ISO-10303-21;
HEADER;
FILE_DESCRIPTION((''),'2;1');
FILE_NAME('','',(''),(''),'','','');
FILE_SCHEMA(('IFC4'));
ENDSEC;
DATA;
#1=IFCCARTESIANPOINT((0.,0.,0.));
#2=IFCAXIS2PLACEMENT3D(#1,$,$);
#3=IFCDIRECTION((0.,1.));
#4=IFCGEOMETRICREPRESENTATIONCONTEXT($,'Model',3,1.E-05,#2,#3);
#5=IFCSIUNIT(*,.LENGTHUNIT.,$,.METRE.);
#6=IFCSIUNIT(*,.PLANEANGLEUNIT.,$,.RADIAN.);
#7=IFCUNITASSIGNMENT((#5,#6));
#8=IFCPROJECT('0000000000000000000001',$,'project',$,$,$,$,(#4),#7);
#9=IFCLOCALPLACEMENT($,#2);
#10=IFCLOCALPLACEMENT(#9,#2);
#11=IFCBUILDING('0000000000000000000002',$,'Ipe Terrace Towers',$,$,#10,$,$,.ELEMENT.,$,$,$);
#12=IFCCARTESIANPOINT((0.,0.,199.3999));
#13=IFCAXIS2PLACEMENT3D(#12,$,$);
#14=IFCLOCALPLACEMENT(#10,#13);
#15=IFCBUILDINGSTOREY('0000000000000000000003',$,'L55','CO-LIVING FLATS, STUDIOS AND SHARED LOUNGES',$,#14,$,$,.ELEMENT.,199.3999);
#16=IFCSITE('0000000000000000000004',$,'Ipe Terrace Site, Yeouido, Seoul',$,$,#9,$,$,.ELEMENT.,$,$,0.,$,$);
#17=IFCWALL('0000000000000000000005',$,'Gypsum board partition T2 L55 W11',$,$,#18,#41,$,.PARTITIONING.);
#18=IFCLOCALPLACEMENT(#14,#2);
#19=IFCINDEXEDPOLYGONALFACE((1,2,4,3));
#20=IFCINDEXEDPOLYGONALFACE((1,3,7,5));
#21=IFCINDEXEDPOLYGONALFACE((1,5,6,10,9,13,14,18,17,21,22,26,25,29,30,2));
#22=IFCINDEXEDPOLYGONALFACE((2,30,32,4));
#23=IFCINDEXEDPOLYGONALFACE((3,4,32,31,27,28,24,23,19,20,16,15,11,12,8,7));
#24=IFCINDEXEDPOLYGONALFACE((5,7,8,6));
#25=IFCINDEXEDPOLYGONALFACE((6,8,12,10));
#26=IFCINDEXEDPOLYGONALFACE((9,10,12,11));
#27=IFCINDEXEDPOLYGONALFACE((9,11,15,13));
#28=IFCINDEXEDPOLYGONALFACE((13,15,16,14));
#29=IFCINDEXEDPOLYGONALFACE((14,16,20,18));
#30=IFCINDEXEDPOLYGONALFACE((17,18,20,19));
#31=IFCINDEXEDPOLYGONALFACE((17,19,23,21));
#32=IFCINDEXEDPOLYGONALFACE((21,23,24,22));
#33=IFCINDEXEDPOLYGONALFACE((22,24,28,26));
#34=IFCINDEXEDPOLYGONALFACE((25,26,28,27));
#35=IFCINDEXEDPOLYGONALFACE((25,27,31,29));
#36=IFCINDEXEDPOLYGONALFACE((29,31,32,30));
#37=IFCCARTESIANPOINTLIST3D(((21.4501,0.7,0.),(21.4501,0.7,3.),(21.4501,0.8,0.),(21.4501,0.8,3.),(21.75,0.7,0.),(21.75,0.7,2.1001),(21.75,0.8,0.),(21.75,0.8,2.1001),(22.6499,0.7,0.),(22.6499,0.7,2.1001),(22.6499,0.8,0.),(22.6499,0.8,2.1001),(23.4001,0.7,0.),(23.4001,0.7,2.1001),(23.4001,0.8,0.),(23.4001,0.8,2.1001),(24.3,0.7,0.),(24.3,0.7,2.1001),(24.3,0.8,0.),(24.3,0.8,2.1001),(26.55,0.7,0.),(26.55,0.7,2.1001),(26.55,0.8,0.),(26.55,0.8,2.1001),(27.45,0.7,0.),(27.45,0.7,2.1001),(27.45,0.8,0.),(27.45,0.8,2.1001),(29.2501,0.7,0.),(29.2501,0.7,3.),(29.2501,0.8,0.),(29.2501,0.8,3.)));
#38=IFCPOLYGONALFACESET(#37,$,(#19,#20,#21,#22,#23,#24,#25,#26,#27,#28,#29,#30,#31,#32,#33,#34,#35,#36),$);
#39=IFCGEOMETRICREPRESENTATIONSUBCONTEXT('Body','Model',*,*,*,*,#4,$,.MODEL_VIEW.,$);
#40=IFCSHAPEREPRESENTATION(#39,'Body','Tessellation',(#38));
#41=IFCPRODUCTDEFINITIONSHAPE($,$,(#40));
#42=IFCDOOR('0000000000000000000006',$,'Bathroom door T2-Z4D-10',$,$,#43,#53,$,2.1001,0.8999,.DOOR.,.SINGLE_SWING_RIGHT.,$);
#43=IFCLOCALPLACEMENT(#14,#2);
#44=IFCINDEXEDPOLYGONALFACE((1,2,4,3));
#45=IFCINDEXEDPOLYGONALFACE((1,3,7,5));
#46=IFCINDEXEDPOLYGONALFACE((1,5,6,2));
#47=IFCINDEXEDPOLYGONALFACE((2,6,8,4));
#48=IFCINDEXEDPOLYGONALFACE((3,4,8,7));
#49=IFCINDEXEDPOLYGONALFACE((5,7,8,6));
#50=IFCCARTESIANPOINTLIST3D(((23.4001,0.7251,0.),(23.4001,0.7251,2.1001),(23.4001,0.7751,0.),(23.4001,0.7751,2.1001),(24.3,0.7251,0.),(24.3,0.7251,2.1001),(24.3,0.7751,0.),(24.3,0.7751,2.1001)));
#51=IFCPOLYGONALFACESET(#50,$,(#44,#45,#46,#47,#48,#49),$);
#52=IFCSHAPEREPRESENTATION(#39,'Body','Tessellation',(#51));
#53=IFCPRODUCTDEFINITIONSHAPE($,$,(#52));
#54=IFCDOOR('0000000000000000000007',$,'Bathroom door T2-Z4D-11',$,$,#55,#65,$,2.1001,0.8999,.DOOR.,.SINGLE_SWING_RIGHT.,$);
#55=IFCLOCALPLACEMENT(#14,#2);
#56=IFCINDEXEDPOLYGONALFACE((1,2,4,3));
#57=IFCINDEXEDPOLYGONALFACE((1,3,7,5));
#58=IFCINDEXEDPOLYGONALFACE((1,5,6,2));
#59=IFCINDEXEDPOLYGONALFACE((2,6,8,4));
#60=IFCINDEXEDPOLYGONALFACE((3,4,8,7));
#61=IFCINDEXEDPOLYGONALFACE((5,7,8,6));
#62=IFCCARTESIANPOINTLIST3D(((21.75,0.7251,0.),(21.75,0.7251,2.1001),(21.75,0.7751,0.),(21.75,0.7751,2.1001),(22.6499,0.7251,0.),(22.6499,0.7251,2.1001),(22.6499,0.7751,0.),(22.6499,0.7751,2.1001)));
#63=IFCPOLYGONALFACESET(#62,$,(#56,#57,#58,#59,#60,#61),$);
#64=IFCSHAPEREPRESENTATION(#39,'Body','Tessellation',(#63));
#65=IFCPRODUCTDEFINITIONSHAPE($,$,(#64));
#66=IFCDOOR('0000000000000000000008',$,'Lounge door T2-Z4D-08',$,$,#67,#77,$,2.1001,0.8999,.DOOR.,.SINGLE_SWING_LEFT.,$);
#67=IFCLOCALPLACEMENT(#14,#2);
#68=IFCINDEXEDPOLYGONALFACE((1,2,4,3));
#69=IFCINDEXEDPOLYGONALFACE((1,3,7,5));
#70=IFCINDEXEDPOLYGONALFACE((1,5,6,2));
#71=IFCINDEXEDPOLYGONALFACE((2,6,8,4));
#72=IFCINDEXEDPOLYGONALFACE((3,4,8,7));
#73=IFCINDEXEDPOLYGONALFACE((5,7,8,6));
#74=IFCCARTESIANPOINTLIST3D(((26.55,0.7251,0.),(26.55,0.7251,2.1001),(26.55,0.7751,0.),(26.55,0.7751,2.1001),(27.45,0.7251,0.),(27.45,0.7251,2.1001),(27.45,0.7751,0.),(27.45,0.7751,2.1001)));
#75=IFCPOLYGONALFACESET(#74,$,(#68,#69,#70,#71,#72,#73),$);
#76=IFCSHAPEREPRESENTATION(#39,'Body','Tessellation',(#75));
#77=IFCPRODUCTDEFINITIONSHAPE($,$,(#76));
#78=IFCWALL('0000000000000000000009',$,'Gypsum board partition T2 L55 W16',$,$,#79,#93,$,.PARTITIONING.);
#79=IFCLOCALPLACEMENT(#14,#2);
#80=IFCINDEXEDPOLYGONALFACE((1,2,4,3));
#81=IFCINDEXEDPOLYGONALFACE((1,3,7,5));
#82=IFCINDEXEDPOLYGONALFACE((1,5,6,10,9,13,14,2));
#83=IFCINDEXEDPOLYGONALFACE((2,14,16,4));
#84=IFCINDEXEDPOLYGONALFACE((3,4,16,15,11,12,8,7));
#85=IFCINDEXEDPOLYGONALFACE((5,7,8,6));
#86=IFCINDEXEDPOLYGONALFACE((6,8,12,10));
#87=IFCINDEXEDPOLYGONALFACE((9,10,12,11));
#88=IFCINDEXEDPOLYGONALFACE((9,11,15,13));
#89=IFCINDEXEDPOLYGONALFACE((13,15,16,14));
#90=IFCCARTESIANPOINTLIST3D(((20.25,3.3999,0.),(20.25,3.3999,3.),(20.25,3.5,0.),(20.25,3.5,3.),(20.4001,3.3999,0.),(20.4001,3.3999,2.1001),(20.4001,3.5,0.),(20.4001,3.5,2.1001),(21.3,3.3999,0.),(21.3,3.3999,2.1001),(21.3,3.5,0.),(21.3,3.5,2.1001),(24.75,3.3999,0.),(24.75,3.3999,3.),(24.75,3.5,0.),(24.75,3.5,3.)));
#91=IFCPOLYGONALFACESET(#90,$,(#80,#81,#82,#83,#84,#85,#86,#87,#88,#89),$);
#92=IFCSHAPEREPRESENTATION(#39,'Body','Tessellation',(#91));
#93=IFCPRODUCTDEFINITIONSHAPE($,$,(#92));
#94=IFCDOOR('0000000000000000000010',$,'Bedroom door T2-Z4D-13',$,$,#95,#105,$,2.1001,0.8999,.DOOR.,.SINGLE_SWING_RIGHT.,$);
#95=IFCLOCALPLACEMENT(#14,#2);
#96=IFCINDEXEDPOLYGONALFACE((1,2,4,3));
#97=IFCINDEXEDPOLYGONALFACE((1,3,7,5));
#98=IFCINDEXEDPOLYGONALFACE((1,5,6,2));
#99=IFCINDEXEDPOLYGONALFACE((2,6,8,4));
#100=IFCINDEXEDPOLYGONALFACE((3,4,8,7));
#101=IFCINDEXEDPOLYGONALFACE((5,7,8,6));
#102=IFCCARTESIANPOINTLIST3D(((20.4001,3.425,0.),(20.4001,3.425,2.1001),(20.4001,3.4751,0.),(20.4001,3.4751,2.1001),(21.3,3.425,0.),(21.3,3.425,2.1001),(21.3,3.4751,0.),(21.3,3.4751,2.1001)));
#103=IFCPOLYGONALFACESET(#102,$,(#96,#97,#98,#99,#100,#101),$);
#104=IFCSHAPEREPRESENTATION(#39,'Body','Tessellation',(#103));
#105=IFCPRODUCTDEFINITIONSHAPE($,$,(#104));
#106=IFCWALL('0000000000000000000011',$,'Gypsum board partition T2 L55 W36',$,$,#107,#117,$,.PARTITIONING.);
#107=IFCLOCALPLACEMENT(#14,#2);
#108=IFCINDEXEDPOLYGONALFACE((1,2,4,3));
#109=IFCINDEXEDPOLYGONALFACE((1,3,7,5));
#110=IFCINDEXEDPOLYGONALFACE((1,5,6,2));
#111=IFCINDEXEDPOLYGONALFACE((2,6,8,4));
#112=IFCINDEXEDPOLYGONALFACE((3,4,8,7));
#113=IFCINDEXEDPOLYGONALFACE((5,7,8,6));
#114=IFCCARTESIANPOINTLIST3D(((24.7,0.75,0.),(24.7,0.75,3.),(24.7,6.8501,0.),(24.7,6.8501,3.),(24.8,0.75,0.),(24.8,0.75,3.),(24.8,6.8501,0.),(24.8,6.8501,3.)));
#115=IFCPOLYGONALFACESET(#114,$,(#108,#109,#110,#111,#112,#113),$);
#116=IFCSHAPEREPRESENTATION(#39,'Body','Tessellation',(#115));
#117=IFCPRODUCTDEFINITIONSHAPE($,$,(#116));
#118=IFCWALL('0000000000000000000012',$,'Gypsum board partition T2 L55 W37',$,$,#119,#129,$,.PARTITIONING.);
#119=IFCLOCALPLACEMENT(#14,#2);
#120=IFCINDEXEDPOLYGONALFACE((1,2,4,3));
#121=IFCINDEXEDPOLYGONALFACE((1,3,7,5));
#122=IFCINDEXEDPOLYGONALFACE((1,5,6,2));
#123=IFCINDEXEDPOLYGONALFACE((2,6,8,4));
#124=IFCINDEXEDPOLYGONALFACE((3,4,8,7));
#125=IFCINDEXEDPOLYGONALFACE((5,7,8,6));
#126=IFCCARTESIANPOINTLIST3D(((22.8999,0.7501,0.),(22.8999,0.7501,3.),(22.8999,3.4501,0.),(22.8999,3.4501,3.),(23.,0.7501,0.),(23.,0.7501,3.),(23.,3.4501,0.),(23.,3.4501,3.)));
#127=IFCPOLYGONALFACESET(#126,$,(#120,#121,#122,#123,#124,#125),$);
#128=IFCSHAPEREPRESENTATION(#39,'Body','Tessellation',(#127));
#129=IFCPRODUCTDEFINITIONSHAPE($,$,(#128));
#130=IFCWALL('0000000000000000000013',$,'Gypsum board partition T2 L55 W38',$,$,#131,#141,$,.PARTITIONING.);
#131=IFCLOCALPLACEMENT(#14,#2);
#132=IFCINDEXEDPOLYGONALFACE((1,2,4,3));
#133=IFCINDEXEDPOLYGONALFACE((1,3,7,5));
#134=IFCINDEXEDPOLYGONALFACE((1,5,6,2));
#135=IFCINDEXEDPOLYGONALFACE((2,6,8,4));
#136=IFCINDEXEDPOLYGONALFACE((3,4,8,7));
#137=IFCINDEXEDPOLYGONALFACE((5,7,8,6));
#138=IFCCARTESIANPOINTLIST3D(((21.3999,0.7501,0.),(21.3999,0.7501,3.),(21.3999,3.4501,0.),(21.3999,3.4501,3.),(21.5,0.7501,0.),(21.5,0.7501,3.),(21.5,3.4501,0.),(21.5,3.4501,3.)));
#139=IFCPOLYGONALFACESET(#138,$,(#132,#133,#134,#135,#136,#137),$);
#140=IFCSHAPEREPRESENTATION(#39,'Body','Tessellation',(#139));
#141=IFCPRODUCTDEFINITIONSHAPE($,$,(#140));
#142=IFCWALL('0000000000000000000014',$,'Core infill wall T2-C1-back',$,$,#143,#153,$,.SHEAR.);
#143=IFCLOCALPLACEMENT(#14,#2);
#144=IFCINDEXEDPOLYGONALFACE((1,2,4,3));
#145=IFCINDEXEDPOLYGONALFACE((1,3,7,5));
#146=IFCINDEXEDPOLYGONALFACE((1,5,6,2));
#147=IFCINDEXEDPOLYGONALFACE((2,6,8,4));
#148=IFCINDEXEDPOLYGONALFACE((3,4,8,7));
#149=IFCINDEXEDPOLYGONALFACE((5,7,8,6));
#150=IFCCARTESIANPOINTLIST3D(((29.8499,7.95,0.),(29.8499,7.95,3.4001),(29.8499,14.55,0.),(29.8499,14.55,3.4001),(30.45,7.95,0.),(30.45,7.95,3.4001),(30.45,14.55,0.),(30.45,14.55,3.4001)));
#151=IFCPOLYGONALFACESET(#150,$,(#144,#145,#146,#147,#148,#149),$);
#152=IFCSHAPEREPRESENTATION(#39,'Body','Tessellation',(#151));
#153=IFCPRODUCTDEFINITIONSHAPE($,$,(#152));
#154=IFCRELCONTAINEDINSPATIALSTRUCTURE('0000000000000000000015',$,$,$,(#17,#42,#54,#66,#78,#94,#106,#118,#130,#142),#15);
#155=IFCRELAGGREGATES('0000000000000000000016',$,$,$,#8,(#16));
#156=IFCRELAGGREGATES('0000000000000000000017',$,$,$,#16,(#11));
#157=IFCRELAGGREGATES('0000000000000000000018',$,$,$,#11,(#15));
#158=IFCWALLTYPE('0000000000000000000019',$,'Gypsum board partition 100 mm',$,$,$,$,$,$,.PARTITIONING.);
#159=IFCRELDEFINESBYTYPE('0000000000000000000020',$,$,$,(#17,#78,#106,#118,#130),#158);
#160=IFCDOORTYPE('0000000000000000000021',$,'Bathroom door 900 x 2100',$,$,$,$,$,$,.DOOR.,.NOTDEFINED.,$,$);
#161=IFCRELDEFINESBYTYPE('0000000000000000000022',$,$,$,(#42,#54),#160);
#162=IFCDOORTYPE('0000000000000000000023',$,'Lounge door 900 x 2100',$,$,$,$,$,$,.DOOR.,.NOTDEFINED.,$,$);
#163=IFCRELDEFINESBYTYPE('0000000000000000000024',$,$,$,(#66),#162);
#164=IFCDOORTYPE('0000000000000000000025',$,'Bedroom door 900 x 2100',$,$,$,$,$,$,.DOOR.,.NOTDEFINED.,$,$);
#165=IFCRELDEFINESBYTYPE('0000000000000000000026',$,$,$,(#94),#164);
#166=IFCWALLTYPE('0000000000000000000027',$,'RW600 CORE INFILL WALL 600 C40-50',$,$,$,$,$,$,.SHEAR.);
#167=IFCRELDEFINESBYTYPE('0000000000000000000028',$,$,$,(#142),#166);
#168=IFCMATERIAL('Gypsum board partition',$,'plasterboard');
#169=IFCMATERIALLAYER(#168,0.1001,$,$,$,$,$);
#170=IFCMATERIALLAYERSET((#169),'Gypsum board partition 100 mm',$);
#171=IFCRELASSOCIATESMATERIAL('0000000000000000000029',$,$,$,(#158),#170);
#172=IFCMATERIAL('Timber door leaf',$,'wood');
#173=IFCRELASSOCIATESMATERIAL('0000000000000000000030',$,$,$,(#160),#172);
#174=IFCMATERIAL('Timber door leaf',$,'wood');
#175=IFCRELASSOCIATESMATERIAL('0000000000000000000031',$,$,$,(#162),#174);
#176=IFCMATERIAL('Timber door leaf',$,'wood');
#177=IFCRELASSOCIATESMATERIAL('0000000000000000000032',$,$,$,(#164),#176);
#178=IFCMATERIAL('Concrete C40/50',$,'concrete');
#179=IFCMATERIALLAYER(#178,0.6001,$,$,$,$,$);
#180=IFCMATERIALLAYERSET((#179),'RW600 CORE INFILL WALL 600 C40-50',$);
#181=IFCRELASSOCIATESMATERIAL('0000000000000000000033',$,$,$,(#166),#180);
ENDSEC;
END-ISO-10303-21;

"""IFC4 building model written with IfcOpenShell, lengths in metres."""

from ifc_helpers import new_model, si_unit, direction, frame, frame_2d, origin, place, context, subcontext, project, spatial, rectangle, extrude, material, layer, layer_set, type_object, element, fill, save


model = new_model("IFC4")

# Units and contexts
model_context = context("Model", 3, precision=1e-05, world=origin(), true_north=direction((0.0, 1.0)))
body_context = subcontext(model_context, "Body", "Model", "MODEL_VIEW")
ifc_project = project(units=[si_unit("LENGTHUNIT", "METRE"), si_unit("PLANEANGLEUNIT", "RADIAN")], contexts=[model_context])

# Site, building, storey
site_placement = place(None, origin())
site = spatial("IfcSite", under=ifc_project, at=site_placement, Name="Ipe Terrace Site, Yeouido, Seoul", CompositionType="ELEMENT", RefElevation=0.0)
building_placement = place(site_placement, origin())
building = spatial("IfcBuilding", under=site, at=building_placement, Name="Ipe Terrace Towers", CompositionType="ELEMENT")
storey_placement = place(building_placement, frame((0.0, 0.0, 199.3999)))
storey = spatial("IfcBuildingStorey", under=building, at=storey_placement, Name="L55", Description="CO-LIVING FLATS, STUDIOS AND SHARED LOUNGES", CompositionType="ELEMENT", Elevation=199.3999)

# Wall, openings, doors
ifc_material_1 = material(Name="Gypsum board partition", Category="plasterboard")
ifc_layer_1 = layer(ifc_material_1, 0.1001)
ifc_layer_set_1 = layer_set([ifc_layer_1], Name="Gypsum board partition 100 mm")
wall_type_1 = type_object("IfcWallType", Name="Gypsum board partition 100 mm", PredefinedType="PARTITIONING", material=ifc_layer_set_1)
wall_1_placement = place(storey_placement, frame((29.25, 0.75, 0.0), z_axis=(0.0, 0.0, 1.0), x_axis=(-1.0, 0.0, 0.0)))
wall_1 = element("IfcWall", 1, at=wall_1_placement, inside=storey, type_object=wall_type_1, Name="Gypsum board partition T2 L55 W11", PredefinedType="PARTITIONING", context=body_context, shape_type="SweptSolid", body=[
    extrude(rectangle(XDim=7.8, YDim=0.1001, at=frame_2d((3.8999, 0.0))), origin(), (0.0, 0.0, 1.0), 3.0),
])
opening_1_placement = place(wall_1_placement, frame((1.8, 0.0, 0.0)))
opening_1 = element("IfcOpeningElement", 2, at=opening_1_placement, cuts=wall_1, PredefinedType="OPENING", context=body_context, shape_type="SweptSolid", body=[
    extrude(rectangle(XDim=0.8999, YDim=2.1001, at=frame_2d((0.45, 1.05))), frame((0.0, 0.0601, 0.0), z_axis=(0.0, -1.0, 0.0), x_axis=(1.0, 0.0, 0.0)), (0.0, 0.0, 1.0), 0.1201),
])
opening_2_placement = place(wall_1_placement, frame((4.95, 0.0, 0.0)))
opening_2 = element("IfcOpeningElement", 3, at=opening_2_placement, cuts=wall_1, PredefinedType="OPENING", context=body_context, shape_type="SweptSolid", body=[
    extrude(rectangle(XDim=0.8999, YDim=2.1001, at=frame_2d((0.45, 1.05))), frame((0.0, 0.0601, 0.0), z_axis=(0.0, -1.0, 0.0), x_axis=(1.0, 0.0, 0.0)), (0.0, 0.0, 1.0), 0.1201),
])
opening_3_placement = place(wall_1_placement, frame((6.6001, 0.0, 0.0)))
opening_3 = element("IfcOpeningElement", 4, at=opening_3_placement, cuts=wall_1, PredefinedType="OPENING", context=body_context, shape_type="SweptSolid", body=[
    extrude(rectangle(XDim=0.8999, YDim=2.1001, at=frame_2d((0.45, 1.05))), frame((0.0, 0.0601, 0.0), z_axis=(0.0, -1.0, 0.0), x_axis=(1.0, 0.0, 0.0)), (0.0, 0.0, 1.0), 0.1201),
])
ifc_material_2 = material(Name="Timber door leaf", Category="wood")
door_type_1 = type_object("IfcDoorType", Name="Bathroom door 900 x 2100", OperationType="NOTDEFINED", PredefinedType="DOOR", material=ifc_material_2)
door_1_placement = place(opening_2_placement, origin())
door_1 = element("IfcDoor", 5, at=door_1_placement, inside=storey, type_object=door_type_1, Name="Bathroom door T2-Z4D-10", OperationType="SINGLE_SWING_RIGHT", OverallHeight=2.1001, OverallWidth=0.8999, PredefinedType="DOOR", context=body_context, shape_type="SweptSolid", body=[
    extrude(rectangle(XDim=0.8999, YDim=2.1001, at=frame_2d((0.45, 1.05))), frame((0.0, 0.0249, 0.0), z_axis=(0.0, -1.0, 0.0), x_axis=(1.0, 0.0, 0.0)), (0.0, 0.0, 1.0), 0.05),
])
fill(opening_2, door_1)
door_2_placement = place(opening_3_placement, origin())
door_2 = element("IfcDoor", 6, at=door_2_placement, inside=storey, type_object=door_type_1, Name="Bathroom door T2-Z4D-11", OperationType="SINGLE_SWING_RIGHT", OverallHeight=2.1001, OverallWidth=0.8999, PredefinedType="DOOR", context=body_context, shape_type="SweptSolid", body=[
    extrude(rectangle(XDim=0.8999, YDim=2.1001, at=frame_2d((0.45, 1.05))), frame((0.0, 0.0249, 0.0), z_axis=(0.0, -1.0, 0.0), x_axis=(1.0, 0.0, 0.0)), (0.0, 0.0, 1.0), 0.05),
])
fill(opening_3, door_2)
ifc_material_3 = material(Name="Timber door leaf", Category="wood")
door_type_2 = type_object("IfcDoorType", Name="Lounge door 900 x 2100", OperationType="NOTDEFINED", PredefinedType="DOOR", material=ifc_material_3)
door_3_placement = place(opening_1_placement, origin())
door_3 = element("IfcDoor", 7, at=door_3_placement, inside=storey, type_object=door_type_2, Name="Lounge door T2-Z4D-08", OperationType="SINGLE_SWING_LEFT", OverallHeight=2.1001, OverallWidth=0.8999, PredefinedType="DOOR", context=body_context, shape_type="SweptSolid", body=[
    extrude(rectangle(XDim=0.8999, YDim=2.1001, at=frame_2d((0.45, 1.05))), frame((0.0, 0.0249, 0.0), z_axis=(0.0, -1.0, 0.0), x_axis=(1.0, 0.0, 0.0)), (0.0, 0.0, 1.0), 0.05),
])
fill(opening_1, door_3)

# Wall, opening, door
wall_2_placement = place(storey_placement, frame((24.75, 3.45, 0.0), z_axis=(0.0, 0.0, 1.0), x_axis=(-1.0, 0.0, 0.0)))
wall_2 = element("IfcWall", 8, at=wall_2_placement, inside=storey, type_object=wall_type_1, Name="Gypsum board partition T2 L55 W16", PredefinedType="PARTITIONING", context=body_context, shape_type="SweptSolid", body=[
    extrude(rectangle(XDim=4.5, YDim=0.1001, at=frame_2d((2.25, 0.0))), origin(), (0.0, 0.0, 1.0), 3.0),
])
opening_4_placement = place(wall_2_placement, frame((3.45, 0.0, 0.0)))
opening_4 = element("IfcOpeningElement", 9, at=opening_4_placement, cuts=wall_2, PredefinedType="OPENING", context=body_context, shape_type="SweptSolid", body=[
    extrude(rectangle(XDim=0.8999, YDim=2.1001, at=frame_2d((0.45, 1.05))), frame((0.0, 0.0601, 0.0), z_axis=(0.0, -1.0, 0.0), x_axis=(1.0, 0.0, 0.0)), (0.0, 0.0, 1.0), 0.1201),
])
ifc_material_4 = material(Name="Timber door leaf", Category="wood")
door_type_3 = type_object("IfcDoorType", Name="Bedroom door 900 x 2100", OperationType="NOTDEFINED", PredefinedType="DOOR", material=ifc_material_4)
door_4_placement = place(opening_4_placement, origin())
door_4 = element("IfcDoor", 10, at=door_4_placement, inside=storey, type_object=door_type_3, Name="Bedroom door T2-Z4D-13", OperationType="SINGLE_SWING_RIGHT", OverallHeight=2.1001, OverallWidth=0.8999, PredefinedType="DOOR", context=body_context, shape_type="SweptSolid", body=[
    extrude(rectangle(XDim=0.8999, YDim=2.1001, at=frame_2d((0.45, 1.05))), frame((0.0, 0.0249, 0.0), z_axis=(0.0, -1.0, 0.0), x_axis=(1.0, 0.0, 0.0)), (0.0, 0.0, 1.0), 0.05),
])
fill(opening_4, door_4)

# Walls
wall_3_placement = place(storey_placement, frame((24.75, 0.75, 0.0), z_axis=(0.0, 0.0, 1.0), x_axis=(0.0, 1.0, 0.0)))
element("IfcWall", 11, at=wall_3_placement, inside=storey, type_object=wall_type_1, Name="Gypsum board partition T2 L55 W36", PredefinedType="PARTITIONING", context=body_context, shape_type="SweptSolid", body=[
    extrude(rectangle(XDim=6.1001, YDim=0.1001, at=frame_2d((3.05, 0.0))), origin(), (0.0, 0.0, 1.0), 3.0),
])
for number, where, z_axis, x_axis, name in (
    (12, (22.95, 0.75, 0.0), (0.0, 0.0, 1.0), (0.0, 1.0, 0.0), "Gypsum board partition T2 L55 W37"),
    (13, (21.45, 0.75, 0.0), (0.0, 0.0, 1.0), (0.0, 1.0, 0.0), "Gypsum board partition T2 L55 W38"),
):
    element("IfcWall", number, at=place(storey_placement, frame(where, z_axis=z_axis, x_axis=x_axis)), inside=storey, type_object=wall_type_1, Name=name, PredefinedType="PARTITIONING", context=body_context, shape_type="SweptSolid", body=[
        extrude(rectangle(XDim=2.7, YDim=0.1001, at=frame_2d((1.3501, 0.0))), origin(), (0.0, 0.0, 1.0), 3.0),
    ])
ifc_material_5 = material(Name="Concrete C40/50", Category="concrete")
ifc_layer_2 = layer(ifc_material_5, 0.6001)
ifc_layer_set_2 = layer_set([ifc_layer_2], Name="RW600 CORE INFILL WALL 600 C40-50")
wall_type_2 = type_object("IfcWallType", Name="RW600 CORE INFILL WALL 600 C40-50", PredefinedType="SHEAR", material=ifc_layer_set_2)
wall_4_placement = place(storey_placement, frame((30.1499, 7.95, 0.0), z_axis=(0.0, 0.0, 1.0), x_axis=(0.0, 1.0, 0.0)))
element("IfcWall", 14, at=wall_4_placement, inside=storey, type_object=wall_type_2, Name="Core infill wall T2-C1-back", PredefinedType="SHEAR", context=body_context, shape_type="SweptSolid", body=[
    extrude(rectangle(XDim=6.6001, YDim=0.6001, at=frame_2d((3.3, 0.0))), origin(), (0.0, 0.0, 1.0), 3.4001),
])

save(model, "model.ifc")
